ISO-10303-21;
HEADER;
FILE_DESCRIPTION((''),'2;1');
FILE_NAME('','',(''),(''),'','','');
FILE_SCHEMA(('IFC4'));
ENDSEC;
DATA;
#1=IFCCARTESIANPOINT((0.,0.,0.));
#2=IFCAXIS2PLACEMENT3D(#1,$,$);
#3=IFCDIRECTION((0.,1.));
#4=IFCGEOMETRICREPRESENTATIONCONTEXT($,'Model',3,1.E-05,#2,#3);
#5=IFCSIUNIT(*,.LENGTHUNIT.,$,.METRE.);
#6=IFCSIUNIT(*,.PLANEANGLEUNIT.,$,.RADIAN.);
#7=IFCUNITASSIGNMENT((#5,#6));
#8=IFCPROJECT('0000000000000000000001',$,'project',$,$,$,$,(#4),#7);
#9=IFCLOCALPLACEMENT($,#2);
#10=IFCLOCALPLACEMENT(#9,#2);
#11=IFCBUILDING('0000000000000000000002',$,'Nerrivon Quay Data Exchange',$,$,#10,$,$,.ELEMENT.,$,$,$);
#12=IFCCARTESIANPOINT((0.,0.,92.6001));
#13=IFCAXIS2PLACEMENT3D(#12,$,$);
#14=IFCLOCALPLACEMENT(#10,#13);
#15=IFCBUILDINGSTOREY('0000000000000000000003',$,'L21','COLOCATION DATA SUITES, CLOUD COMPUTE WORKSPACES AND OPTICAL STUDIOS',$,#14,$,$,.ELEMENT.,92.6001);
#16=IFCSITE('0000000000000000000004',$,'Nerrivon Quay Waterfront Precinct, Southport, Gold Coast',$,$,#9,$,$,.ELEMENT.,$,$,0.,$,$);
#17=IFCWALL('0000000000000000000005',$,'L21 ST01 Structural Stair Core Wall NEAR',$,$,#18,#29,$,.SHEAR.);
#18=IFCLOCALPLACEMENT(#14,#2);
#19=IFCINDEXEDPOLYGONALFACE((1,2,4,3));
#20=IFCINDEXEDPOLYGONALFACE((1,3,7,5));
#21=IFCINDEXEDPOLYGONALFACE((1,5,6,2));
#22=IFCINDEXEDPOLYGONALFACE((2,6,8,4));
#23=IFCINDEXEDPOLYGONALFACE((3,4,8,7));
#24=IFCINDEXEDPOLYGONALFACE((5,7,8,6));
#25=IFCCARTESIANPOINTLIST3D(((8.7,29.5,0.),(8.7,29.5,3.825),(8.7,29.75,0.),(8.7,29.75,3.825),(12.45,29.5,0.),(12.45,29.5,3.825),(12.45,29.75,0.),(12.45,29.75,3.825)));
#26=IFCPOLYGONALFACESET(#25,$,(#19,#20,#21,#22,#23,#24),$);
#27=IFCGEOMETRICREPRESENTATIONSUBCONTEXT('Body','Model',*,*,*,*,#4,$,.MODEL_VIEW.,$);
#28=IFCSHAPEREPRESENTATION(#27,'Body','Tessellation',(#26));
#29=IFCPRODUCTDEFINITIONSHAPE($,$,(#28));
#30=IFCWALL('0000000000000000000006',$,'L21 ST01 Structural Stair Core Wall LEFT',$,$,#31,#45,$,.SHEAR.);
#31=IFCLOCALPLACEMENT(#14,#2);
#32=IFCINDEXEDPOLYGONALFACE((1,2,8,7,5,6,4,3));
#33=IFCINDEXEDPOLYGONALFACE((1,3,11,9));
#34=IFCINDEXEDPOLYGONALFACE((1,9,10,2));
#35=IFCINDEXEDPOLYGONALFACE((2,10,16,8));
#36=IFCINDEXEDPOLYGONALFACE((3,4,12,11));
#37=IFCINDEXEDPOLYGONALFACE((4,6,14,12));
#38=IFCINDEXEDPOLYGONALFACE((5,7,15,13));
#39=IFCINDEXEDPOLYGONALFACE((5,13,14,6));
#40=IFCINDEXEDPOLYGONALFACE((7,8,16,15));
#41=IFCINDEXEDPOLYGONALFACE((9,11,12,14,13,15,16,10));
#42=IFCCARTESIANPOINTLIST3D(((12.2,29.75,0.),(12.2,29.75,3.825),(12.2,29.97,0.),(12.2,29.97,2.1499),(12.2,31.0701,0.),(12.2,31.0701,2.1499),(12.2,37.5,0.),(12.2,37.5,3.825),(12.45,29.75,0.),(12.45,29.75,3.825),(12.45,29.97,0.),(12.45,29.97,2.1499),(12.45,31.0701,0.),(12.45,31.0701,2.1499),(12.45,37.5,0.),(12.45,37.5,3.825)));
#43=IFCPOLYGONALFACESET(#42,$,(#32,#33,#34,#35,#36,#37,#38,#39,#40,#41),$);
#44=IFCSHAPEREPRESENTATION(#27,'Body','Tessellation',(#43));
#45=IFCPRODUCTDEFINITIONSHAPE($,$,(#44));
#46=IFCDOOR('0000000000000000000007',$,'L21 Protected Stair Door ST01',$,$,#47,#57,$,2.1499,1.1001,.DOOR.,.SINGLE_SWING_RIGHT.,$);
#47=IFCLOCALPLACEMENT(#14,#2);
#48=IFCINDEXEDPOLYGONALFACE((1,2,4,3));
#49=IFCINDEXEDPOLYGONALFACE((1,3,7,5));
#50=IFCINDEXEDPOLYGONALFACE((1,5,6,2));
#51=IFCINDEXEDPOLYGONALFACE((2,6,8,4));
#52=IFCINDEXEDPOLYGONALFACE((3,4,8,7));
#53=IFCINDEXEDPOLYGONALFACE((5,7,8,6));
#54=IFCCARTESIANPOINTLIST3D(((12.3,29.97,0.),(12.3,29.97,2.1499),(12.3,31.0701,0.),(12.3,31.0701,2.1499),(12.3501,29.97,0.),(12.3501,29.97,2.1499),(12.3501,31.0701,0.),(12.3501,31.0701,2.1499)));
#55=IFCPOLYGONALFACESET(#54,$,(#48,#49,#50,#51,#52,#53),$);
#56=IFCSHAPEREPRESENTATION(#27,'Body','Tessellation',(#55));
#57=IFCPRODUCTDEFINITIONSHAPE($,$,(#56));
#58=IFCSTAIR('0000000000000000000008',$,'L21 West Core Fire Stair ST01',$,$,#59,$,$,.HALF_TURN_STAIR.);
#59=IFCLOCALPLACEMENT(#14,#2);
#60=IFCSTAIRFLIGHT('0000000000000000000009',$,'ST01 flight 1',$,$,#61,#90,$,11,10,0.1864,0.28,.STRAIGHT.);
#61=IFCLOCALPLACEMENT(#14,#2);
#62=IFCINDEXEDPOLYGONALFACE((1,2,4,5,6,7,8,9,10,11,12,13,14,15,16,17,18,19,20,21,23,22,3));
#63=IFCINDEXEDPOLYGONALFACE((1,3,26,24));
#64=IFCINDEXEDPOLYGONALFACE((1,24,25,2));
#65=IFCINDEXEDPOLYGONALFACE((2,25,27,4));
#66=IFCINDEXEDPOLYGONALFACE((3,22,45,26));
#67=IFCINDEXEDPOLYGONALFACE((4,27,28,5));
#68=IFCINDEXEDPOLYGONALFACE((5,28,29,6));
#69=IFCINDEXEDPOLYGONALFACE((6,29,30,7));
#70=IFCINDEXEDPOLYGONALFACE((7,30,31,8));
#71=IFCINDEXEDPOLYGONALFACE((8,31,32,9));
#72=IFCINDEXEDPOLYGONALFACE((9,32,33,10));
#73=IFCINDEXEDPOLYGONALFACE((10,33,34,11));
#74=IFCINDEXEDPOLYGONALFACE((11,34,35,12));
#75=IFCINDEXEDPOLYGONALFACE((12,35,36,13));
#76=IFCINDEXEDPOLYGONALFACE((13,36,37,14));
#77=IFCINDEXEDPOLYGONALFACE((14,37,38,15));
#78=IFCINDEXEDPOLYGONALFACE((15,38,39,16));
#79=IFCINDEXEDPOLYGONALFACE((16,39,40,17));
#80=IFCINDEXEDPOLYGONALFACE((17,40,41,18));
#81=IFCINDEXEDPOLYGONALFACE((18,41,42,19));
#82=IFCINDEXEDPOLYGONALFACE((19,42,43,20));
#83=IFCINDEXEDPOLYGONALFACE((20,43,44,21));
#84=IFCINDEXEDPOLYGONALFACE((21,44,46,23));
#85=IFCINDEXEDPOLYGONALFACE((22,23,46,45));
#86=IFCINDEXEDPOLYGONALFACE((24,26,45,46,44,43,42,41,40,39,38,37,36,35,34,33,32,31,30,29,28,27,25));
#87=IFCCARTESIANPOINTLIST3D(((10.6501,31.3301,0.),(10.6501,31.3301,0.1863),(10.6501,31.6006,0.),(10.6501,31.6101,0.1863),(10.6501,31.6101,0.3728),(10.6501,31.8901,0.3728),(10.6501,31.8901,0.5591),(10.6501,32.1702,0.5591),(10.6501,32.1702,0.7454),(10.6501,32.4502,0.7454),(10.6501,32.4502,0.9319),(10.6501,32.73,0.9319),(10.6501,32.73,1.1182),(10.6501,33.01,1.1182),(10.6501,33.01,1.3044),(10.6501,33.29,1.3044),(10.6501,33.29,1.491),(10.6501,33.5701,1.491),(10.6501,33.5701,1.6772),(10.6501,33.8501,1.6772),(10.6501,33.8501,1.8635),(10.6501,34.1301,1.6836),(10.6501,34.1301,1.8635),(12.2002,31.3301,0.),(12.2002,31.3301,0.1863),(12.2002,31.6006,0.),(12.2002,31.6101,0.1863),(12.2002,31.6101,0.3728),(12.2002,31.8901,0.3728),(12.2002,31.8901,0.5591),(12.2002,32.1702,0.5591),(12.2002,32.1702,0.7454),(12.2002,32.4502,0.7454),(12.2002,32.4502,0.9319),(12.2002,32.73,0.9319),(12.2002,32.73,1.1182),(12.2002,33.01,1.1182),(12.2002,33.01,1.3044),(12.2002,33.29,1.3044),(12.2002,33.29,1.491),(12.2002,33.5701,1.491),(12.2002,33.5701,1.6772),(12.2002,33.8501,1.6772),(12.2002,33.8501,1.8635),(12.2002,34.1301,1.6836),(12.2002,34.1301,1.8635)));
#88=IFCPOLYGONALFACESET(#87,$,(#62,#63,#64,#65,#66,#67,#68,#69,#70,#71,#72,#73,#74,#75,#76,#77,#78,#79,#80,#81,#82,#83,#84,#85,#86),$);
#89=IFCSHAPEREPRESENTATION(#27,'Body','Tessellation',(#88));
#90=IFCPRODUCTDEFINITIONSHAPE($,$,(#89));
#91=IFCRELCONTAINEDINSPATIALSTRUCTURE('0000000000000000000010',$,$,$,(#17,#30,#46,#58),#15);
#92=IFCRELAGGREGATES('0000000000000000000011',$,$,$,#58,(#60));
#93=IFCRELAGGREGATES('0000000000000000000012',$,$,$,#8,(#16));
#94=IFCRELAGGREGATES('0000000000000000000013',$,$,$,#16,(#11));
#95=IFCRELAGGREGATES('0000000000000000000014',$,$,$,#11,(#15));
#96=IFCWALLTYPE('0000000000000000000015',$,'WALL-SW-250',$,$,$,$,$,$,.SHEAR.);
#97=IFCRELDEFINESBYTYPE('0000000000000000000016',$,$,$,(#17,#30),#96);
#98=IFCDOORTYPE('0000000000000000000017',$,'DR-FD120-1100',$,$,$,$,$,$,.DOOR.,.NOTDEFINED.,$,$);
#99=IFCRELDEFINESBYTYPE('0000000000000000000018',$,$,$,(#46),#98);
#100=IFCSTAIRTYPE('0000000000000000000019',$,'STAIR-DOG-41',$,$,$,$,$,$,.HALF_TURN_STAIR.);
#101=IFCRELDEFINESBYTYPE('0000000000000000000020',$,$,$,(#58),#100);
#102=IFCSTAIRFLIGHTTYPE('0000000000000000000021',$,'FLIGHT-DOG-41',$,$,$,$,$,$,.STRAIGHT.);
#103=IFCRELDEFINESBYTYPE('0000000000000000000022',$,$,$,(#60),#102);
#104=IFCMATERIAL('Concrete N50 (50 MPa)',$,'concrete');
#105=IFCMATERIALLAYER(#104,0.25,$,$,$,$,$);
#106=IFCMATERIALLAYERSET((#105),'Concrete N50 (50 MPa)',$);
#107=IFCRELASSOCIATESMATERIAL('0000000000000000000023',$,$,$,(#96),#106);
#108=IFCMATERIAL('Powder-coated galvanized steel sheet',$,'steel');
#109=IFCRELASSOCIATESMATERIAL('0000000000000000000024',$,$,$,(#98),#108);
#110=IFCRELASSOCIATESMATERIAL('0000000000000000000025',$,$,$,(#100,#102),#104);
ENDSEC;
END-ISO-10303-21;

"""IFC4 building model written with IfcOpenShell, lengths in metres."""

from ifc_helpers import new_model, si_unit, direction, frame, frame_2d, origin, place, context, subcontext, project, spatial, polyline, rectangle, outline, extrude, material, layer, layer_set, type_object, element, fill, aggregate, save


model = new_model("IFC4")

# Units and contexts
model_context = context("Model", 3, precision=1e-05, world=origin(), true_north=direction((0.0, 1.0)))
body_context = subcontext(model_context, "Body", "Model", "MODEL_VIEW")
ifc_project = project(units=[si_unit("LENGTHUNIT", "METRE"), si_unit("PLANEANGLEUNIT", "RADIAN")], contexts=[model_context])

# Site, building, storey
site_placement = place(None, origin())
site = spatial("IfcSite", under=ifc_project, at=site_placement, Name="Nerrivon Quay Waterfront Precinct, Southport, Gold Coast", CompositionType="ELEMENT", RefElevation=0.0)
building_placement = place(site_placement, origin())
building = spatial("IfcBuilding", under=site, at=building_placement, Name="Nerrivon Quay Data Exchange", CompositionType="ELEMENT")
storey_placement = place(building_placement, frame((0.0, 0.0, 92.6001)))
storey = spatial("IfcBuildingStorey", under=building, at=storey_placement, Name="L21", Description="COLOCATION DATA SUITES, CLOUD COMPUTE WORKSPACES AND OPTICAL STUDIOS", CompositionType="ELEMENT", Elevation=92.6001)

# Shared definitions
ifc_material_1 = material(Name="Powder-coated galvanized steel sheet", Category="steel")

# Wall
ifc_material_2 = material(Name="Concrete N50 (50 MPa)", Category="concrete")
ifc_layer_1 = layer(ifc_material_2, 0.25)
ifc_layer_set_1 = layer_set([ifc_layer_1], Name="Concrete N50 (50 MPa)")
wall_type_1 = type_object("IfcWallType", Name="WALL-SW-250", PredefinedType="SHEAR", material=ifc_layer_set_1)
wall_1_placement = place(storey_placement, frame((12.45, 29.625, 0.0), z_axis=(0.0, 0.0, 1.0), x_axis=(-1.0, 0.0, 0.0)))
element("IfcWall", 1, at=wall_1_placement, inside=storey, type_object=wall_type_1, Name="L21 ST01 Structural Stair Core Wall NEAR", PredefinedType="SHEAR", context=body_context, shape_type="SweptSolid", body=[
    extrude(rectangle(XDim=3.75, YDim=0.25, at=frame_2d((1.875, 0.0))), origin(), (0.0, 0.0, 1.0), 3.825),
])

# Wall, opening, door
wall_2_placement = place(storey_placement, frame((12.325, 29.75, 0.0), z_axis=(0.0, 0.0, 1.0), x_axis=(0.0, 1.0, 0.0)))
wall_2 = element("IfcWall", 2, at=wall_2_placement, inside=storey, type_object=wall_type_1, Name="L21 ST01 Structural Stair Core Wall LEFT", PredefinedType="SHEAR", context=body_context, shape_type="SweptSolid", body=[
    extrude(rectangle(XDim=7.75, YDim=0.25, at=frame_2d((3.875, 0.0))), origin(), (0.0, 0.0, 1.0), 3.825),
])
opening_1_placement = place(wall_2_placement, frame((0.22, 0.0, 0.0)))
opening_1 = element("IfcOpeningElement", 3, at=opening_1_placement, cuts=wall_2, PredefinedType="OPENING", context=body_context, shape_type="SweptSolid", body=[
    extrude(rectangle(XDim=1.1001, YDim=2.1499, at=frame_2d((0.55, 1.075))), frame((0.0, 0.135, 0.0), z_axis=(0.0, -1.0, 0.0), x_axis=(1.0, 0.0, 0.0)), (0.0, 0.0, 1.0), 0.27),
])
door_type_1 = type_object("IfcDoorType", Name="DR-FD120-1100", OperationType="NOTDEFINED", PredefinedType="DOOR", material=ifc_material_1)
door_1_placement = place(opening_1_placement, origin())
door_1 = element("IfcDoor", 4, at=door_1_placement, inside=storey, type_object=door_type_1, Name="L21 Protected Stair Door ST01", OperationType="SINGLE_SWING_RIGHT", OverallHeight=2.1499, OverallWidth=1.1001, PredefinedType="DOOR", context=body_context, shape_type="SweptSolid", body=[
    extrude(rectangle(XDim=1.1001, YDim=2.1499, at=frame_2d((0.55, 1.075))), frame((0.0, 0.0249, 0.0), z_axis=(0.0, -1.0, 0.0), x_axis=(1.0, 0.0, 0.0)), (0.0, 0.0, 1.0), 0.05),
])
fill(opening_1, door_1)

# Stair, stair flight
stair_type = type_object("IfcStairType", Name="STAIR-DOG-41", PredefinedType="HALF_TURN_STAIR", material=ifc_material_2)
stair_placement = place(storey_placement, origin())
stair = element("IfcStair", 5, at=stair_placement, inside=storey, type_object=stair_type, Name="L21 West Core Fire Stair ST01", PredefinedType="HALF_TURN_STAIR")
stair_flight_type = type_object("IfcStairFlightType", Name="FLIGHT-DOG-41", PredefinedType="STRAIGHT", material=ifc_material_2)
stair_flight_placement = place(storey_placement, frame((11.425, 31.3301, 0.0), z_axis=(0.0, 0.0, 1.0), x_axis=(0.0, 1.0, 0.0)))
stair_flight = element("IfcStairFlight", 6, at=stair_flight_placement, type_object=stair_flight_type, Name="ST01 flight 1", NumberOfRisers=11, NumberOfTreads=10, PredefinedType="STRAIGHT", RiserHeight=0.1864, TreadLength=0.28, context=body_context, shape_type="SweptSolid", body=[
    extrude(outline(polyline([(0.0, 0.0), (0.0, 0.1863), (0.28, 0.1863), (0.28, 0.3728), (0.5601, 0.3728), (0.5601, 0.5591), (0.8401, 0.5591), (0.8401, 0.7454), (1.1201, 0.7454), (1.1201, 0.9319), (1.3999, 0.9319), (1.3999, 1.1182), (1.6799, 1.1182), (1.6799, 1.3044), (1.96, 1.3044), (1.96, 1.491), (2.24, 1.491), (2.24, 1.6772), (2.52, 1.6772), (2.52, 1.8635), (2.8, 1.8635), (2.8, 2.05), (2.8, 1.6836), (0.2705, 0.0), (0.0, 0.0)])), frame((0.0, 0.7749, 0.0), z_axis=(0.0, -1.0, 0.0), x_axis=(1.0, 0.0, 0.0)), (0.0, 0.0, 1.0), 1.55),
])
aggregate(stair, [stair_flight])

save(model, "model.ifc")
